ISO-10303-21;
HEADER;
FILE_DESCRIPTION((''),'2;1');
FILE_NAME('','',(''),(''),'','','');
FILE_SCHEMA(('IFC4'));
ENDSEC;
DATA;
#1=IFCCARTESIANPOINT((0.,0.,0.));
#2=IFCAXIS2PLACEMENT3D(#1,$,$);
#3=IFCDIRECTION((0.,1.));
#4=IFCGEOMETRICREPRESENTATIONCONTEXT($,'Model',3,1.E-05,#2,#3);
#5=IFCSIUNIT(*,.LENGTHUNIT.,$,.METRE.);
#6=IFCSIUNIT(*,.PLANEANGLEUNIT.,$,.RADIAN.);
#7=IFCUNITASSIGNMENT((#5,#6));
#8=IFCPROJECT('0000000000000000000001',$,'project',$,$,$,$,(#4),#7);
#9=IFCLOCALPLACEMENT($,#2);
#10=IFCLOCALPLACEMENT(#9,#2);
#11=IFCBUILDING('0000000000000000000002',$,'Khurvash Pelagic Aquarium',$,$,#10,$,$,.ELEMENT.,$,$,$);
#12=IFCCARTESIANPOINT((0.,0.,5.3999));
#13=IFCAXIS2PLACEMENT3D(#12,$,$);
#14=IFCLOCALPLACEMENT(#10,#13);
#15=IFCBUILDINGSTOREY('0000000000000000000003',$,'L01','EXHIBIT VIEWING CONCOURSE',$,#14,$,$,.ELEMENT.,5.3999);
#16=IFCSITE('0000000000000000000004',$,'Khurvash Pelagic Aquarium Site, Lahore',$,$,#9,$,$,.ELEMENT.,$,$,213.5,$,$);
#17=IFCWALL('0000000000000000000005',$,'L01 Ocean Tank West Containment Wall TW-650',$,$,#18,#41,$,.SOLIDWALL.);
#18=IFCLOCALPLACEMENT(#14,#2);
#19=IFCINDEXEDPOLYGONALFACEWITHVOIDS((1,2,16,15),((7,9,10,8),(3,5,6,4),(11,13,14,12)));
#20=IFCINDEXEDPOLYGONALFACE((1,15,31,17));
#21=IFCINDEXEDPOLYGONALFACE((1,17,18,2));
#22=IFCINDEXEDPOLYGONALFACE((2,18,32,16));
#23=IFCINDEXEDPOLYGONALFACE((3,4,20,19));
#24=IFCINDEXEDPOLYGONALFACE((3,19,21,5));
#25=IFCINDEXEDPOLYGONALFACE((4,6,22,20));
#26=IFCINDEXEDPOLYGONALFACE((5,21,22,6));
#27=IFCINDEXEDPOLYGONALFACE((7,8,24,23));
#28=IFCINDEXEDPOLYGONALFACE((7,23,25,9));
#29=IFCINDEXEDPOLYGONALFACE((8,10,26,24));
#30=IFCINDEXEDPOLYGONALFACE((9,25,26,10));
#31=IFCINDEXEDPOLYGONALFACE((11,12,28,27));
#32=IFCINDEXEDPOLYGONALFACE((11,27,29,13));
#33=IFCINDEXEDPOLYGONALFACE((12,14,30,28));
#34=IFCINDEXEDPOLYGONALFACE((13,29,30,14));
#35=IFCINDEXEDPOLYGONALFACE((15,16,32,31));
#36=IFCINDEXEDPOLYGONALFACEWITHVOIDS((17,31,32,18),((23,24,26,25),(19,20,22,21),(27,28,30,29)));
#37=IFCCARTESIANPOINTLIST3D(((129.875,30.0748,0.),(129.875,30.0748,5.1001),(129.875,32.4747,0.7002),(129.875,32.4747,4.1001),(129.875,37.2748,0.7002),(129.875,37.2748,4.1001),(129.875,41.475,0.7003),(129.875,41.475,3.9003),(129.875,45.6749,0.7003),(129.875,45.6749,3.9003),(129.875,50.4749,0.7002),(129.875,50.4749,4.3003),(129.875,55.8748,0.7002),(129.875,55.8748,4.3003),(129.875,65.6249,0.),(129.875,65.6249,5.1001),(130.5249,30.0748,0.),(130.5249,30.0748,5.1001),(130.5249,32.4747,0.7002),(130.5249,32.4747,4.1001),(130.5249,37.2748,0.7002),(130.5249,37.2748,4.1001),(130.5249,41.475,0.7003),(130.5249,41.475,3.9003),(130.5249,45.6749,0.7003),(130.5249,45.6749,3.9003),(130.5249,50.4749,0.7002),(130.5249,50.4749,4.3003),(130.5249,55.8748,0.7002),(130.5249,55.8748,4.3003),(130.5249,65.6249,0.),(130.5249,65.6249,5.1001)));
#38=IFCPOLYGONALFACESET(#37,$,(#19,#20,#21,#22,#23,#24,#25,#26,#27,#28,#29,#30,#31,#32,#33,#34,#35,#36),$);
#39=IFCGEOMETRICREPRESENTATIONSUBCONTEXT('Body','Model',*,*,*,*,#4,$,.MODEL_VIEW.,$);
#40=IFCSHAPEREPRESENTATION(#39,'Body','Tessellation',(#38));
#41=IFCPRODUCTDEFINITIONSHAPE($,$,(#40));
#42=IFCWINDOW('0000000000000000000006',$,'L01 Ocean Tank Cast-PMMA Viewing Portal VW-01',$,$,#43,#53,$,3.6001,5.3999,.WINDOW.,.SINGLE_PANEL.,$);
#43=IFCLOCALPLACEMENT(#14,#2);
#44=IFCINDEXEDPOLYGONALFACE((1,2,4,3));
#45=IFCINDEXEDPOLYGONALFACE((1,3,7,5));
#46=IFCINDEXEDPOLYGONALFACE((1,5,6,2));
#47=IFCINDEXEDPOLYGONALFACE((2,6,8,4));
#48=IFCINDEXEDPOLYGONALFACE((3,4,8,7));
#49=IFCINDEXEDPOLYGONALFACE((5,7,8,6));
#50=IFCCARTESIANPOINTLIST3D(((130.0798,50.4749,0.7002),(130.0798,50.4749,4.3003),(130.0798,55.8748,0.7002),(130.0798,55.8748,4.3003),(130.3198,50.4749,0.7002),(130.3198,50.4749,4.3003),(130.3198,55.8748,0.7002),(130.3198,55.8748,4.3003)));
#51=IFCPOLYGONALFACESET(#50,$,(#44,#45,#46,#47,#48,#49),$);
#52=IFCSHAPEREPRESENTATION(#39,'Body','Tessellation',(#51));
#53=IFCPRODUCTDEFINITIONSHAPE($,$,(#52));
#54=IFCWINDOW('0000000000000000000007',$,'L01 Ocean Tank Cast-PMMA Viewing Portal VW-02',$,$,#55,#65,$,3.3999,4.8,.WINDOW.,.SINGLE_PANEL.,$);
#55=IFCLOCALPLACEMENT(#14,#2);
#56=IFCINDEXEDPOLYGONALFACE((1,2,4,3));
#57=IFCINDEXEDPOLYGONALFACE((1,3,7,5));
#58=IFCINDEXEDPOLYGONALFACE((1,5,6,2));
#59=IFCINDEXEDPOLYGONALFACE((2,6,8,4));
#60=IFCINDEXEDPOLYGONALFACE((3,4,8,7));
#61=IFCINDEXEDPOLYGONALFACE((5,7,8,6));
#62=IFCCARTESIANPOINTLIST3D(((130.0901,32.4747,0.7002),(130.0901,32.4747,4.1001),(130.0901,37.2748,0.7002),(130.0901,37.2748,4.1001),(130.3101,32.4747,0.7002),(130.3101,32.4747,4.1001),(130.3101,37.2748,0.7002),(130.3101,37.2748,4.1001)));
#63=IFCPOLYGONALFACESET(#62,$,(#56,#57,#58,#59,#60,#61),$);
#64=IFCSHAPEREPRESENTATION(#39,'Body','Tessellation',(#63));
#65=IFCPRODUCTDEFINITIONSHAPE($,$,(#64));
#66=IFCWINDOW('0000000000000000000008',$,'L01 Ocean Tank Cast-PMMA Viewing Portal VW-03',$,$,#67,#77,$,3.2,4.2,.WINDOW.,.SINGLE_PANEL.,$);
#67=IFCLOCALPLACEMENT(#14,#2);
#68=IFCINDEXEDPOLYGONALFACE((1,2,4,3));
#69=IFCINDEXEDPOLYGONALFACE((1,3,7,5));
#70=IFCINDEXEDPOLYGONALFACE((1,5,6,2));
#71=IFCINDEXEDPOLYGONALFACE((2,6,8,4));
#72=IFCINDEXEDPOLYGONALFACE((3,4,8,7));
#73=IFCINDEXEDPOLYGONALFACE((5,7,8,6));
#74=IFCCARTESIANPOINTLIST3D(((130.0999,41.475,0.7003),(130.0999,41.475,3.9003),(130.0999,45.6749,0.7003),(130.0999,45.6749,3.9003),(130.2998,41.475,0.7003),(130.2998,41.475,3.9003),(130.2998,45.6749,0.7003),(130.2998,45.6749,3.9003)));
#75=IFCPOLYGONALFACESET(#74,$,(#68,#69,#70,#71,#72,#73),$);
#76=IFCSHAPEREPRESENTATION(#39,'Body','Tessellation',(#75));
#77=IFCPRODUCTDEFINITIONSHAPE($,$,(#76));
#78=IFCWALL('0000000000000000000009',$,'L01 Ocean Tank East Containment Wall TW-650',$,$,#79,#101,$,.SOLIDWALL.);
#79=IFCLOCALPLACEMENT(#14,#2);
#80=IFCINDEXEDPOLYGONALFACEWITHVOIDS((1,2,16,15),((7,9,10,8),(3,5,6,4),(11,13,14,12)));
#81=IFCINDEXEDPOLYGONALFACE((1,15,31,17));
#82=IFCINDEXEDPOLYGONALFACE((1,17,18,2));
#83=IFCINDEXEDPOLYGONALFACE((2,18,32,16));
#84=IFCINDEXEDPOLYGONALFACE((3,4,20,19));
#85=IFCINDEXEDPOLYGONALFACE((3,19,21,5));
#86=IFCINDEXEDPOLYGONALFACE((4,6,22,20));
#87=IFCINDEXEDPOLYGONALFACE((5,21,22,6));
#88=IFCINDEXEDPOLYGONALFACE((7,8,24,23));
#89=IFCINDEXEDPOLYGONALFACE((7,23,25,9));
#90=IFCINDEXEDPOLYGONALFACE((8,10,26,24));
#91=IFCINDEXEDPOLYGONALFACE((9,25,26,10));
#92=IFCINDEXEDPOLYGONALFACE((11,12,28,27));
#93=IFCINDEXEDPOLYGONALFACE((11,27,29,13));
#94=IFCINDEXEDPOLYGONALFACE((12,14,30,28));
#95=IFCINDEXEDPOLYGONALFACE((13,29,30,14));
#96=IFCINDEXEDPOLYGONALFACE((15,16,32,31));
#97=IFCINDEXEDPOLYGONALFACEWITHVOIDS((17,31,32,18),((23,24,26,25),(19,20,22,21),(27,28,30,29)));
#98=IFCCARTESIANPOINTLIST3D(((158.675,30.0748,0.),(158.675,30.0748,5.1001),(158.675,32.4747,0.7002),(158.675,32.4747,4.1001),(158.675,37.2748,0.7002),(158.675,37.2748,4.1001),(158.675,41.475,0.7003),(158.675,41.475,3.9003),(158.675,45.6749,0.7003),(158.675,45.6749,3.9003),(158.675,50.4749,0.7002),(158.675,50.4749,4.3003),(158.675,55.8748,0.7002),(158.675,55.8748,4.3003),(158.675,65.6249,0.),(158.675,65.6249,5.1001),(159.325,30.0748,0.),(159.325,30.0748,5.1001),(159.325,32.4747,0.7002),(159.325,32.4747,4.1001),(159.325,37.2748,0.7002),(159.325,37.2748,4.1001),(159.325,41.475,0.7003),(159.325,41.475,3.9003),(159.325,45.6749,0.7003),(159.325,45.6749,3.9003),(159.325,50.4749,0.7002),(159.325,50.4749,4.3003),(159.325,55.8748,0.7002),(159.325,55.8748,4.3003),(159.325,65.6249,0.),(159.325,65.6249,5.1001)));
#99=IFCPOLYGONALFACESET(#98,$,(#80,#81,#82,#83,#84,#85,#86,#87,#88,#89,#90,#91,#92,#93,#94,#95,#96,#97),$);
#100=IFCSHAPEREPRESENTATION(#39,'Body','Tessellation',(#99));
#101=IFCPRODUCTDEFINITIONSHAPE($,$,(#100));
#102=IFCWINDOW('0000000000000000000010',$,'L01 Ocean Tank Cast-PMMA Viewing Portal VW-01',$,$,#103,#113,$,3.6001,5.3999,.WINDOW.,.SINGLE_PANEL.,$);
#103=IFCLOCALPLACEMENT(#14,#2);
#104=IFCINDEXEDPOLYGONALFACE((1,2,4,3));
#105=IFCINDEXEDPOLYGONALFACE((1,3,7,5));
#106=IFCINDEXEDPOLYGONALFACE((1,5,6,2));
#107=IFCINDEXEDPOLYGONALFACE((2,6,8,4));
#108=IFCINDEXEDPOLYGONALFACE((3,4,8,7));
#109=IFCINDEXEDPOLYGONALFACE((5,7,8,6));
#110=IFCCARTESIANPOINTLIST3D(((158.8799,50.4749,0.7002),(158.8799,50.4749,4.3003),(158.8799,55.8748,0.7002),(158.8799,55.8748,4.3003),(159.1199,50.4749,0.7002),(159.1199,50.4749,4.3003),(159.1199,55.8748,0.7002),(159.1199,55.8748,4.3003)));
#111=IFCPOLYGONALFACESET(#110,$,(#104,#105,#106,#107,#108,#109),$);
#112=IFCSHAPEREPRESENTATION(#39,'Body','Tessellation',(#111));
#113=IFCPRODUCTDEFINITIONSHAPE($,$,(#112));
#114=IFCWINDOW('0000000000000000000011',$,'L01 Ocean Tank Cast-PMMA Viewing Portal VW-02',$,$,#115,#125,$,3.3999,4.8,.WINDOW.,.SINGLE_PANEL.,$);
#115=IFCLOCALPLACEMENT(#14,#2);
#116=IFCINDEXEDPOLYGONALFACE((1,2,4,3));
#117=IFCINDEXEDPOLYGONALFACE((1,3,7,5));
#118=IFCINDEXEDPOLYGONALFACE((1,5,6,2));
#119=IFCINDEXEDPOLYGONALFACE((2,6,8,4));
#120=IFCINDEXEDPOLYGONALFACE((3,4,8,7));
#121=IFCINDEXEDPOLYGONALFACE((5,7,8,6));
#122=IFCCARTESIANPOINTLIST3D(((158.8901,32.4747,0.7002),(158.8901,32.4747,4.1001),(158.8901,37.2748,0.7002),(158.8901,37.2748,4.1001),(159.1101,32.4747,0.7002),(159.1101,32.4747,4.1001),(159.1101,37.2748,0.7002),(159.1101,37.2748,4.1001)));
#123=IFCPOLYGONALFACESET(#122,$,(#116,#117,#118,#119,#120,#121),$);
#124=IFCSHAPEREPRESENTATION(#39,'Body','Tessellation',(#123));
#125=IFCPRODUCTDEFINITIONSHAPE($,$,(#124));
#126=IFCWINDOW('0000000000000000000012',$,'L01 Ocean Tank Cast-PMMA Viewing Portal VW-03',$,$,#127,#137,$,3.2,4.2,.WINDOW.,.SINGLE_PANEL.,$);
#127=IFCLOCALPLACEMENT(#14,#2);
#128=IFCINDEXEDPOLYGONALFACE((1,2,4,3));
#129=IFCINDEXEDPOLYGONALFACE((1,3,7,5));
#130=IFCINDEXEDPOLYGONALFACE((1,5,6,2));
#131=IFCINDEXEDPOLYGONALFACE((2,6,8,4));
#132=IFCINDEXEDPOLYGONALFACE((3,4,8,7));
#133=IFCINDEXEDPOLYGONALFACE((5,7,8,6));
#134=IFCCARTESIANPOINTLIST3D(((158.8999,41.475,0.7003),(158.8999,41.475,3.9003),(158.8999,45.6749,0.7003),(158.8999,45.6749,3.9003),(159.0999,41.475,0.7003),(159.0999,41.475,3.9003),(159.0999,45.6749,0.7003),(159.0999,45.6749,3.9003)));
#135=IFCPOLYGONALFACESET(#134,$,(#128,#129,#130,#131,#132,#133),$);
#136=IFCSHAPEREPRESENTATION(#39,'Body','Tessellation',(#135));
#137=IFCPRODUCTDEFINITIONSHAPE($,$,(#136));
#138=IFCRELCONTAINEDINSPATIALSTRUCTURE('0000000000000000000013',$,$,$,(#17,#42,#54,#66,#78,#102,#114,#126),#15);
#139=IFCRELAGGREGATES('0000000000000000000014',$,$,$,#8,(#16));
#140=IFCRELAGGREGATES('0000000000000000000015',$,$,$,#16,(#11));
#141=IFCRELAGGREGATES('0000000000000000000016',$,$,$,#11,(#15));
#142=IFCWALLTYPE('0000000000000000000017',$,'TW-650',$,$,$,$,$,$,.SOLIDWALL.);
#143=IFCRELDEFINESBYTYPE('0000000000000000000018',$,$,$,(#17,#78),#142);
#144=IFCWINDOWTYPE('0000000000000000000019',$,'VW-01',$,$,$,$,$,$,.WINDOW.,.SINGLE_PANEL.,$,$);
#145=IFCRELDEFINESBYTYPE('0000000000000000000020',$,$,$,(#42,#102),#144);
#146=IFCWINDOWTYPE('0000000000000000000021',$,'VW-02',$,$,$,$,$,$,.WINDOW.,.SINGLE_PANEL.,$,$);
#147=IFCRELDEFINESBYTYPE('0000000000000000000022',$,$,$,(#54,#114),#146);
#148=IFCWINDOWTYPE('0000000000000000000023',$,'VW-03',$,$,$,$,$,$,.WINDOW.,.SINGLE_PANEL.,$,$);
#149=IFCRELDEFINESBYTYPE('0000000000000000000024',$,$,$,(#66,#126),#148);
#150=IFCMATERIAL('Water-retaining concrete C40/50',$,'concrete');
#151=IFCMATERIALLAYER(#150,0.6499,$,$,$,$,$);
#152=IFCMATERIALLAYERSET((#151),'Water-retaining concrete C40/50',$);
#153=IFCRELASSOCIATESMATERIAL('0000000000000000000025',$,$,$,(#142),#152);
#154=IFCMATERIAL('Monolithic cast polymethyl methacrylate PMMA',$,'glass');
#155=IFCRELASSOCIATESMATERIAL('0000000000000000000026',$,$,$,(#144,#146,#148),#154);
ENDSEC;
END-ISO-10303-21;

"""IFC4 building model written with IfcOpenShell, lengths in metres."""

from ifc_helpers import new_model, si_unit, direction, frame, frame_2d, origin, place, context, subcontext, project, spatial, rectangle, extrude, material, layer, layer_set, type_object, element, fill, save


model = new_model("IFC4")

# Units and contexts
model_context = context("Model", 3, precision=1e-05, world=origin(), true_north=direction((0.0, 1.0)))
body_context = subcontext(model_context, "Body", "Model", "MODEL_VIEW")
ifc_project = project(units=[si_unit("LENGTHUNIT", "METRE"), si_unit("PLANEANGLEUNIT", "RADIAN")], contexts=[model_context])

# Site, building, storey
site_placement = place(None, origin())
site = spatial("IfcSite", under=ifc_project, at=site_placement, Name="Khurvash Pelagic Aquarium Site, Lahore", CompositionType="ELEMENT", RefElevation=213.5)
building_placement = place(site_placement, origin())
building = spatial("IfcBuilding", under=site, at=building_placement, Name="Khurvash Pelagic Aquarium", CompositionType="ELEMENT")
storey_placement = place(building_placement, frame((0.0, 0.0, 5.3999)))
storey = spatial("IfcBuildingStorey", under=building, at=storey_placement, Name="L01", Description="EXHIBIT VIEWING CONCOURSE", CompositionType="ELEMENT", Elevation=5.3999)

# Walls, openings, windows
ifc_material_1 = material(Name="Water-retaining concrete C40/50", Category="concrete")
ifc_layer_1 = layer(ifc_material_1, 0.6499)
ifc_layer_set_1 = layer_set([ifc_layer_1], Name="Water-retaining concrete C40/50")
wall_type_1 = type_object("IfcWallType", Name="TW-650", PredefinedType="SOLIDWALL", material=ifc_layer_set_1)
wall_1_placement = place(storey_placement, frame((130.2, 30.075, 0.0), z_axis=(0.0, 0.0, 1.0), x_axis=(0.0, 1.0, 0.0)))
wall_1 = element("IfcWall", 1, at=wall_1_placement, inside=storey, type_object=wall_type_1, Name="L01 Ocean Tank West Containment Wall TW-650", PredefinedType="SOLIDWALL", context=body_context, shape_type="SweptSolid", body=[
    extrude(rectangle(XDim=35.55, YDim=0.6499, at=frame_2d((17.7749, 0.0))), origin(), (0.0, 0.0, 1.0), 5.1001),
])
opening_1_placement = place(wall_1_placement, frame((2.3999, 0.0, 0.7002)))
opening_1 = element("IfcOpeningElement", 2, at=opening_1_placement, cuts=wall_1, PredefinedType="OPENING", context=body_context, shape_type="SweptSolid", body=[
    extrude(rectangle(XDim=4.8, YDim=3.3999, at=frame_2d((2.3999, 1.7))), frame((0.0, 0.335, 0.0), z_axis=(0.0, -1.0, 0.0), x_axis=(1.0, 0.0, 0.0)), (0.0, 0.0, 1.0), 0.6699),
])
opening_2_placement = place(wall_1_placement, frame((11.3999, 0.0, 0.7002)))
opening_2 = element("IfcOpeningElement", 3, at=opening_2_placement, cuts=wall_1, PredefinedType="OPENING", context=body_context, shape_type="SweptSolid", body=[
    extrude(rectangle(XDim=4.2, YDim=3.2, at=frame_2d((2.1001, 1.6001))), frame((0.0, 0.335, 0.0), z_axis=(0.0, -1.0, 0.0), x_axis=(1.0, 0.0, 0.0)), (0.0, 0.0, 1.0), 0.6699),
])
opening_3_placement = place(wall_1_placement, frame((20.3999, 0.0, 0.7002)))
opening_3 = element("IfcOpeningElement", 4, at=opening_3_placement, cuts=wall_1, PredefinedType="OPENING", context=body_context, shape_type="SweptSolid", body=[
    extrude(rectangle(XDim=5.3999, YDim=3.6001, at=frame_2d((2.7, 1.8))), frame((0.0, 0.335, 0.0), z_axis=(0.0, -1.0, 0.0), x_axis=(1.0, 0.0, 0.0)), (0.0, 0.0, 1.0), 0.6699),
])
ifc_material_2 = material(Name="Monolithic cast polymethyl methacrylate PMMA", Category="glass")
window_type_1 = type_object("IfcWindowType", Name="VW-01", PartitioningType="SINGLE_PANEL", PredefinedType="WINDOW", material=ifc_material_2)
window_1_placement = place(opening_3_placement, origin())
window_1 = element("IfcWindow", 5, at=window_1_placement, inside=storey, type_object=window_type_1, Name="L01 Ocean Tank Cast-PMMA Viewing Portal VW-01", OverallHeight=3.6001, OverallWidth=5.3999, PartitioningType="SINGLE_PANEL", PredefinedType="WINDOW", context=body_context, shape_type="SweptSolid", body=[
    extrude(rectangle(XDim=5.3999, YDim=3.6001, at=frame_2d((2.7, 1.8))), frame((0.0, 0.1201, 0.0), z_axis=(0.0, -1.0, 0.0), x_axis=(1.0, 0.0, 0.0)), (0.0, 0.0, 1.0), 0.24),
])
fill(opening_3, window_1)
window_type_2 = type_object("IfcWindowType", Name="VW-02", PartitioningType="SINGLE_PANEL", PredefinedType="WINDOW", material=ifc_material_2)
window_2_placement = place(opening_1_placement, origin())
window_2 = element("IfcWindow", 6, at=window_2_placement, inside=storey, type_object=window_type_2, Name="L01 Ocean Tank Cast-PMMA Viewing Portal VW-02", OverallHeight=3.3999, OverallWidth=4.8, PartitioningType="SINGLE_PANEL", PredefinedType="WINDOW", context=body_context, shape_type="SweptSolid", body=[
    extrude(rectangle(XDim=4.8, YDim=3.3999, at=frame_2d((2.3999, 1.7))), frame((0.0, 0.1099, 0.0), z_axis=(0.0, -1.0, 0.0), x_axis=(1.0, 0.0, 0.0)), (0.0, 0.0, 1.0), 0.22),
])
fill(opening_1, window_2)
window_type_3 = type_object("IfcWindowType", Name="VW-03", PartitioningType="SINGLE_PANEL", PredefinedType="WINDOW", material=ifc_material_2)
window_3_placement = place(opening_2_placement, origin())
window_3 = element("IfcWindow", 7, at=window_3_placement, inside=storey, type_object=window_type_3, Name="L01 Ocean Tank Cast-PMMA Viewing Portal VW-03", OverallHeight=3.2, OverallWidth=4.2, PartitioningType="SINGLE_PANEL", PredefinedType="WINDOW", context=body_context, shape_type="SweptSolid", body=[
    extrude(rectangle(XDim=4.2, YDim=3.2, at=frame_2d((2.1001, 1.6001))), frame((0.0, 0.1001, 0.0), z_axis=(0.0, -1.0, 0.0), x_axis=(1.0, 0.0, 0.0)), (0.0, 0.0, 1.0), 0.2),
])
fill(opening_2, window_3)
wall_2_placement = place(storey_placement, frame((159.0, 30.075, 0.0), z_axis=(0.0, 0.0, 1.0), x_axis=(0.0, 1.0, 0.0)))
wall_2 = element("IfcWall", 8, at=wall_2_placement, inside=storey, type_object=wall_type_1, Name="L01 Ocean Tank East Containment Wall TW-650", PredefinedType="SOLIDWALL", context=body_context, shape_type="SweptSolid", body=[
    extrude(rectangle(XDim=35.55, YDim=0.6499, at=frame_2d((17.7749, 0.0))), origin(), (0.0, 0.0, 1.0), 5.1001),
])
opening_4_placement = place(wall_2_placement, frame((2.3999, 0.0, 0.7002)))
opening_4 = element("IfcOpeningElement", 9, at=opening_4_placement, cuts=wall_2, PredefinedType="OPENING", context=body_context, shape_type="SweptSolid", body=[
    extrude(rectangle(XDim=4.8, YDim=3.3999, at=frame_2d((2.3999, 1.7))), frame((0.0, 0.335, 0.0), z_axis=(0.0, -1.0, 0.0), x_axis=(1.0, 0.0, 0.0)), (0.0, 0.0, 1.0), 0.6699),
])
opening_5_placement = place(wall_2_placement, frame((11.3999, 0.0, 0.7002)))
opening_5 = element("IfcOpeningElement", 10, at=opening_5_placement, cuts=wall_2, PredefinedType="OPENING", context=body_context, shape_type="SweptSolid", body=[
    extrude(rectangle(XDim=4.2, YDim=3.2, at=frame_2d((2.1001, 1.6001))), frame((0.0, 0.335, 0.0), z_axis=(0.0, -1.0, 0.0), x_axis=(1.0, 0.0, 0.0)), (0.0, 0.0, 1.0), 0.6699),
])
opening_6_placement = place(wall_2_placement, frame((20.3999, 0.0, 0.7002)))
opening_6 = element("IfcOpeningElement", 11, at=opening_6_placement, cuts=wall_2, PredefinedType="OPENING", context=body_context, shape_type="SweptSolid", body=[
    extrude(rectangle(XDim=5.3999, YDim=3.6001, at=frame_2d((2.7, 1.8))), frame((0.0, 0.335, 0.0), z_axis=(0.0, -1.0, 0.0), x_axis=(1.0, 0.0, 0.0)), (0.0, 0.0, 1.0), 0.6699),
])
window_4_placement = place(opening_6_placement, origin())
window_4 = element("IfcWindow", 12, at=window_4_placement, inside=storey, type_object=window_type_1, Name="L01 Ocean Tank Cast-PMMA Viewing Portal VW-01", OverallHeight=3.6001, OverallWidth=5.3999, PartitioningType="SINGLE_PANEL", PredefinedType="WINDOW", context=body_context, shape_type="SweptSolid", body=[
    extrude(rectangle(XDim=5.3999, YDim=3.6001, at=frame_2d((2.7, 1.8))), frame((0.0, 0.1201, 0.0), z_axis=(0.0, -1.0, 0.0), x_axis=(1.0, 0.0, 0.0)), (0.0, 0.0, 1.0), 0.24),
])
fill(opening_6, window_4)
window_5_placement = place(opening_4_placement, origin())
window_5 = element("IfcWindow", 13, at=window_5_placement, inside=storey, type_object=window_type_2, Name="L01 Ocean Tank Cast-PMMA Viewing Portal VW-02", OverallHeight=3.3999, OverallWidth=4.8, PartitioningType="SINGLE_PANEL", PredefinedType="WINDOW", context=body_context, shape_type="SweptSolid", body=[
    extrude(rectangle(XDim=4.8, YDim=3.3999, at=frame_2d((2.3999, 1.7))), frame((0.0, 0.1099, 0.0), z_axis=(0.0, -1.0, 0.0), x_axis=(1.0, 0.0, 0.0)), (0.0, 0.0, 1.0), 0.22),
])
fill(opening_4, window_5)
window_6_placement = place(opening_5_placement, origin())
window_6 = element("IfcWindow", 14, at=window_6_placement, inside=storey, type_object=window_type_3, Name="L01 Ocean Tank Cast-PMMA Viewing Portal VW-03", OverallHeight=3.2, OverallWidth=4.2, PartitioningType="SINGLE_PANEL", PredefinedType="WINDOW", context=body_context, shape_type="SweptSolid", body=[
    extrude(rectangle(XDim=4.2, YDim=3.2, at=frame_2d((2.1001, 1.6001))), frame((0.0, 0.1001, 0.0), z_axis=(0.0, -1.0, 0.0), x_axis=(1.0, 0.0, 0.0)), (0.0, 0.0, 1.0), 0.2),
])
fill(opening_5, window_6)

save(model, "model.ifc")
